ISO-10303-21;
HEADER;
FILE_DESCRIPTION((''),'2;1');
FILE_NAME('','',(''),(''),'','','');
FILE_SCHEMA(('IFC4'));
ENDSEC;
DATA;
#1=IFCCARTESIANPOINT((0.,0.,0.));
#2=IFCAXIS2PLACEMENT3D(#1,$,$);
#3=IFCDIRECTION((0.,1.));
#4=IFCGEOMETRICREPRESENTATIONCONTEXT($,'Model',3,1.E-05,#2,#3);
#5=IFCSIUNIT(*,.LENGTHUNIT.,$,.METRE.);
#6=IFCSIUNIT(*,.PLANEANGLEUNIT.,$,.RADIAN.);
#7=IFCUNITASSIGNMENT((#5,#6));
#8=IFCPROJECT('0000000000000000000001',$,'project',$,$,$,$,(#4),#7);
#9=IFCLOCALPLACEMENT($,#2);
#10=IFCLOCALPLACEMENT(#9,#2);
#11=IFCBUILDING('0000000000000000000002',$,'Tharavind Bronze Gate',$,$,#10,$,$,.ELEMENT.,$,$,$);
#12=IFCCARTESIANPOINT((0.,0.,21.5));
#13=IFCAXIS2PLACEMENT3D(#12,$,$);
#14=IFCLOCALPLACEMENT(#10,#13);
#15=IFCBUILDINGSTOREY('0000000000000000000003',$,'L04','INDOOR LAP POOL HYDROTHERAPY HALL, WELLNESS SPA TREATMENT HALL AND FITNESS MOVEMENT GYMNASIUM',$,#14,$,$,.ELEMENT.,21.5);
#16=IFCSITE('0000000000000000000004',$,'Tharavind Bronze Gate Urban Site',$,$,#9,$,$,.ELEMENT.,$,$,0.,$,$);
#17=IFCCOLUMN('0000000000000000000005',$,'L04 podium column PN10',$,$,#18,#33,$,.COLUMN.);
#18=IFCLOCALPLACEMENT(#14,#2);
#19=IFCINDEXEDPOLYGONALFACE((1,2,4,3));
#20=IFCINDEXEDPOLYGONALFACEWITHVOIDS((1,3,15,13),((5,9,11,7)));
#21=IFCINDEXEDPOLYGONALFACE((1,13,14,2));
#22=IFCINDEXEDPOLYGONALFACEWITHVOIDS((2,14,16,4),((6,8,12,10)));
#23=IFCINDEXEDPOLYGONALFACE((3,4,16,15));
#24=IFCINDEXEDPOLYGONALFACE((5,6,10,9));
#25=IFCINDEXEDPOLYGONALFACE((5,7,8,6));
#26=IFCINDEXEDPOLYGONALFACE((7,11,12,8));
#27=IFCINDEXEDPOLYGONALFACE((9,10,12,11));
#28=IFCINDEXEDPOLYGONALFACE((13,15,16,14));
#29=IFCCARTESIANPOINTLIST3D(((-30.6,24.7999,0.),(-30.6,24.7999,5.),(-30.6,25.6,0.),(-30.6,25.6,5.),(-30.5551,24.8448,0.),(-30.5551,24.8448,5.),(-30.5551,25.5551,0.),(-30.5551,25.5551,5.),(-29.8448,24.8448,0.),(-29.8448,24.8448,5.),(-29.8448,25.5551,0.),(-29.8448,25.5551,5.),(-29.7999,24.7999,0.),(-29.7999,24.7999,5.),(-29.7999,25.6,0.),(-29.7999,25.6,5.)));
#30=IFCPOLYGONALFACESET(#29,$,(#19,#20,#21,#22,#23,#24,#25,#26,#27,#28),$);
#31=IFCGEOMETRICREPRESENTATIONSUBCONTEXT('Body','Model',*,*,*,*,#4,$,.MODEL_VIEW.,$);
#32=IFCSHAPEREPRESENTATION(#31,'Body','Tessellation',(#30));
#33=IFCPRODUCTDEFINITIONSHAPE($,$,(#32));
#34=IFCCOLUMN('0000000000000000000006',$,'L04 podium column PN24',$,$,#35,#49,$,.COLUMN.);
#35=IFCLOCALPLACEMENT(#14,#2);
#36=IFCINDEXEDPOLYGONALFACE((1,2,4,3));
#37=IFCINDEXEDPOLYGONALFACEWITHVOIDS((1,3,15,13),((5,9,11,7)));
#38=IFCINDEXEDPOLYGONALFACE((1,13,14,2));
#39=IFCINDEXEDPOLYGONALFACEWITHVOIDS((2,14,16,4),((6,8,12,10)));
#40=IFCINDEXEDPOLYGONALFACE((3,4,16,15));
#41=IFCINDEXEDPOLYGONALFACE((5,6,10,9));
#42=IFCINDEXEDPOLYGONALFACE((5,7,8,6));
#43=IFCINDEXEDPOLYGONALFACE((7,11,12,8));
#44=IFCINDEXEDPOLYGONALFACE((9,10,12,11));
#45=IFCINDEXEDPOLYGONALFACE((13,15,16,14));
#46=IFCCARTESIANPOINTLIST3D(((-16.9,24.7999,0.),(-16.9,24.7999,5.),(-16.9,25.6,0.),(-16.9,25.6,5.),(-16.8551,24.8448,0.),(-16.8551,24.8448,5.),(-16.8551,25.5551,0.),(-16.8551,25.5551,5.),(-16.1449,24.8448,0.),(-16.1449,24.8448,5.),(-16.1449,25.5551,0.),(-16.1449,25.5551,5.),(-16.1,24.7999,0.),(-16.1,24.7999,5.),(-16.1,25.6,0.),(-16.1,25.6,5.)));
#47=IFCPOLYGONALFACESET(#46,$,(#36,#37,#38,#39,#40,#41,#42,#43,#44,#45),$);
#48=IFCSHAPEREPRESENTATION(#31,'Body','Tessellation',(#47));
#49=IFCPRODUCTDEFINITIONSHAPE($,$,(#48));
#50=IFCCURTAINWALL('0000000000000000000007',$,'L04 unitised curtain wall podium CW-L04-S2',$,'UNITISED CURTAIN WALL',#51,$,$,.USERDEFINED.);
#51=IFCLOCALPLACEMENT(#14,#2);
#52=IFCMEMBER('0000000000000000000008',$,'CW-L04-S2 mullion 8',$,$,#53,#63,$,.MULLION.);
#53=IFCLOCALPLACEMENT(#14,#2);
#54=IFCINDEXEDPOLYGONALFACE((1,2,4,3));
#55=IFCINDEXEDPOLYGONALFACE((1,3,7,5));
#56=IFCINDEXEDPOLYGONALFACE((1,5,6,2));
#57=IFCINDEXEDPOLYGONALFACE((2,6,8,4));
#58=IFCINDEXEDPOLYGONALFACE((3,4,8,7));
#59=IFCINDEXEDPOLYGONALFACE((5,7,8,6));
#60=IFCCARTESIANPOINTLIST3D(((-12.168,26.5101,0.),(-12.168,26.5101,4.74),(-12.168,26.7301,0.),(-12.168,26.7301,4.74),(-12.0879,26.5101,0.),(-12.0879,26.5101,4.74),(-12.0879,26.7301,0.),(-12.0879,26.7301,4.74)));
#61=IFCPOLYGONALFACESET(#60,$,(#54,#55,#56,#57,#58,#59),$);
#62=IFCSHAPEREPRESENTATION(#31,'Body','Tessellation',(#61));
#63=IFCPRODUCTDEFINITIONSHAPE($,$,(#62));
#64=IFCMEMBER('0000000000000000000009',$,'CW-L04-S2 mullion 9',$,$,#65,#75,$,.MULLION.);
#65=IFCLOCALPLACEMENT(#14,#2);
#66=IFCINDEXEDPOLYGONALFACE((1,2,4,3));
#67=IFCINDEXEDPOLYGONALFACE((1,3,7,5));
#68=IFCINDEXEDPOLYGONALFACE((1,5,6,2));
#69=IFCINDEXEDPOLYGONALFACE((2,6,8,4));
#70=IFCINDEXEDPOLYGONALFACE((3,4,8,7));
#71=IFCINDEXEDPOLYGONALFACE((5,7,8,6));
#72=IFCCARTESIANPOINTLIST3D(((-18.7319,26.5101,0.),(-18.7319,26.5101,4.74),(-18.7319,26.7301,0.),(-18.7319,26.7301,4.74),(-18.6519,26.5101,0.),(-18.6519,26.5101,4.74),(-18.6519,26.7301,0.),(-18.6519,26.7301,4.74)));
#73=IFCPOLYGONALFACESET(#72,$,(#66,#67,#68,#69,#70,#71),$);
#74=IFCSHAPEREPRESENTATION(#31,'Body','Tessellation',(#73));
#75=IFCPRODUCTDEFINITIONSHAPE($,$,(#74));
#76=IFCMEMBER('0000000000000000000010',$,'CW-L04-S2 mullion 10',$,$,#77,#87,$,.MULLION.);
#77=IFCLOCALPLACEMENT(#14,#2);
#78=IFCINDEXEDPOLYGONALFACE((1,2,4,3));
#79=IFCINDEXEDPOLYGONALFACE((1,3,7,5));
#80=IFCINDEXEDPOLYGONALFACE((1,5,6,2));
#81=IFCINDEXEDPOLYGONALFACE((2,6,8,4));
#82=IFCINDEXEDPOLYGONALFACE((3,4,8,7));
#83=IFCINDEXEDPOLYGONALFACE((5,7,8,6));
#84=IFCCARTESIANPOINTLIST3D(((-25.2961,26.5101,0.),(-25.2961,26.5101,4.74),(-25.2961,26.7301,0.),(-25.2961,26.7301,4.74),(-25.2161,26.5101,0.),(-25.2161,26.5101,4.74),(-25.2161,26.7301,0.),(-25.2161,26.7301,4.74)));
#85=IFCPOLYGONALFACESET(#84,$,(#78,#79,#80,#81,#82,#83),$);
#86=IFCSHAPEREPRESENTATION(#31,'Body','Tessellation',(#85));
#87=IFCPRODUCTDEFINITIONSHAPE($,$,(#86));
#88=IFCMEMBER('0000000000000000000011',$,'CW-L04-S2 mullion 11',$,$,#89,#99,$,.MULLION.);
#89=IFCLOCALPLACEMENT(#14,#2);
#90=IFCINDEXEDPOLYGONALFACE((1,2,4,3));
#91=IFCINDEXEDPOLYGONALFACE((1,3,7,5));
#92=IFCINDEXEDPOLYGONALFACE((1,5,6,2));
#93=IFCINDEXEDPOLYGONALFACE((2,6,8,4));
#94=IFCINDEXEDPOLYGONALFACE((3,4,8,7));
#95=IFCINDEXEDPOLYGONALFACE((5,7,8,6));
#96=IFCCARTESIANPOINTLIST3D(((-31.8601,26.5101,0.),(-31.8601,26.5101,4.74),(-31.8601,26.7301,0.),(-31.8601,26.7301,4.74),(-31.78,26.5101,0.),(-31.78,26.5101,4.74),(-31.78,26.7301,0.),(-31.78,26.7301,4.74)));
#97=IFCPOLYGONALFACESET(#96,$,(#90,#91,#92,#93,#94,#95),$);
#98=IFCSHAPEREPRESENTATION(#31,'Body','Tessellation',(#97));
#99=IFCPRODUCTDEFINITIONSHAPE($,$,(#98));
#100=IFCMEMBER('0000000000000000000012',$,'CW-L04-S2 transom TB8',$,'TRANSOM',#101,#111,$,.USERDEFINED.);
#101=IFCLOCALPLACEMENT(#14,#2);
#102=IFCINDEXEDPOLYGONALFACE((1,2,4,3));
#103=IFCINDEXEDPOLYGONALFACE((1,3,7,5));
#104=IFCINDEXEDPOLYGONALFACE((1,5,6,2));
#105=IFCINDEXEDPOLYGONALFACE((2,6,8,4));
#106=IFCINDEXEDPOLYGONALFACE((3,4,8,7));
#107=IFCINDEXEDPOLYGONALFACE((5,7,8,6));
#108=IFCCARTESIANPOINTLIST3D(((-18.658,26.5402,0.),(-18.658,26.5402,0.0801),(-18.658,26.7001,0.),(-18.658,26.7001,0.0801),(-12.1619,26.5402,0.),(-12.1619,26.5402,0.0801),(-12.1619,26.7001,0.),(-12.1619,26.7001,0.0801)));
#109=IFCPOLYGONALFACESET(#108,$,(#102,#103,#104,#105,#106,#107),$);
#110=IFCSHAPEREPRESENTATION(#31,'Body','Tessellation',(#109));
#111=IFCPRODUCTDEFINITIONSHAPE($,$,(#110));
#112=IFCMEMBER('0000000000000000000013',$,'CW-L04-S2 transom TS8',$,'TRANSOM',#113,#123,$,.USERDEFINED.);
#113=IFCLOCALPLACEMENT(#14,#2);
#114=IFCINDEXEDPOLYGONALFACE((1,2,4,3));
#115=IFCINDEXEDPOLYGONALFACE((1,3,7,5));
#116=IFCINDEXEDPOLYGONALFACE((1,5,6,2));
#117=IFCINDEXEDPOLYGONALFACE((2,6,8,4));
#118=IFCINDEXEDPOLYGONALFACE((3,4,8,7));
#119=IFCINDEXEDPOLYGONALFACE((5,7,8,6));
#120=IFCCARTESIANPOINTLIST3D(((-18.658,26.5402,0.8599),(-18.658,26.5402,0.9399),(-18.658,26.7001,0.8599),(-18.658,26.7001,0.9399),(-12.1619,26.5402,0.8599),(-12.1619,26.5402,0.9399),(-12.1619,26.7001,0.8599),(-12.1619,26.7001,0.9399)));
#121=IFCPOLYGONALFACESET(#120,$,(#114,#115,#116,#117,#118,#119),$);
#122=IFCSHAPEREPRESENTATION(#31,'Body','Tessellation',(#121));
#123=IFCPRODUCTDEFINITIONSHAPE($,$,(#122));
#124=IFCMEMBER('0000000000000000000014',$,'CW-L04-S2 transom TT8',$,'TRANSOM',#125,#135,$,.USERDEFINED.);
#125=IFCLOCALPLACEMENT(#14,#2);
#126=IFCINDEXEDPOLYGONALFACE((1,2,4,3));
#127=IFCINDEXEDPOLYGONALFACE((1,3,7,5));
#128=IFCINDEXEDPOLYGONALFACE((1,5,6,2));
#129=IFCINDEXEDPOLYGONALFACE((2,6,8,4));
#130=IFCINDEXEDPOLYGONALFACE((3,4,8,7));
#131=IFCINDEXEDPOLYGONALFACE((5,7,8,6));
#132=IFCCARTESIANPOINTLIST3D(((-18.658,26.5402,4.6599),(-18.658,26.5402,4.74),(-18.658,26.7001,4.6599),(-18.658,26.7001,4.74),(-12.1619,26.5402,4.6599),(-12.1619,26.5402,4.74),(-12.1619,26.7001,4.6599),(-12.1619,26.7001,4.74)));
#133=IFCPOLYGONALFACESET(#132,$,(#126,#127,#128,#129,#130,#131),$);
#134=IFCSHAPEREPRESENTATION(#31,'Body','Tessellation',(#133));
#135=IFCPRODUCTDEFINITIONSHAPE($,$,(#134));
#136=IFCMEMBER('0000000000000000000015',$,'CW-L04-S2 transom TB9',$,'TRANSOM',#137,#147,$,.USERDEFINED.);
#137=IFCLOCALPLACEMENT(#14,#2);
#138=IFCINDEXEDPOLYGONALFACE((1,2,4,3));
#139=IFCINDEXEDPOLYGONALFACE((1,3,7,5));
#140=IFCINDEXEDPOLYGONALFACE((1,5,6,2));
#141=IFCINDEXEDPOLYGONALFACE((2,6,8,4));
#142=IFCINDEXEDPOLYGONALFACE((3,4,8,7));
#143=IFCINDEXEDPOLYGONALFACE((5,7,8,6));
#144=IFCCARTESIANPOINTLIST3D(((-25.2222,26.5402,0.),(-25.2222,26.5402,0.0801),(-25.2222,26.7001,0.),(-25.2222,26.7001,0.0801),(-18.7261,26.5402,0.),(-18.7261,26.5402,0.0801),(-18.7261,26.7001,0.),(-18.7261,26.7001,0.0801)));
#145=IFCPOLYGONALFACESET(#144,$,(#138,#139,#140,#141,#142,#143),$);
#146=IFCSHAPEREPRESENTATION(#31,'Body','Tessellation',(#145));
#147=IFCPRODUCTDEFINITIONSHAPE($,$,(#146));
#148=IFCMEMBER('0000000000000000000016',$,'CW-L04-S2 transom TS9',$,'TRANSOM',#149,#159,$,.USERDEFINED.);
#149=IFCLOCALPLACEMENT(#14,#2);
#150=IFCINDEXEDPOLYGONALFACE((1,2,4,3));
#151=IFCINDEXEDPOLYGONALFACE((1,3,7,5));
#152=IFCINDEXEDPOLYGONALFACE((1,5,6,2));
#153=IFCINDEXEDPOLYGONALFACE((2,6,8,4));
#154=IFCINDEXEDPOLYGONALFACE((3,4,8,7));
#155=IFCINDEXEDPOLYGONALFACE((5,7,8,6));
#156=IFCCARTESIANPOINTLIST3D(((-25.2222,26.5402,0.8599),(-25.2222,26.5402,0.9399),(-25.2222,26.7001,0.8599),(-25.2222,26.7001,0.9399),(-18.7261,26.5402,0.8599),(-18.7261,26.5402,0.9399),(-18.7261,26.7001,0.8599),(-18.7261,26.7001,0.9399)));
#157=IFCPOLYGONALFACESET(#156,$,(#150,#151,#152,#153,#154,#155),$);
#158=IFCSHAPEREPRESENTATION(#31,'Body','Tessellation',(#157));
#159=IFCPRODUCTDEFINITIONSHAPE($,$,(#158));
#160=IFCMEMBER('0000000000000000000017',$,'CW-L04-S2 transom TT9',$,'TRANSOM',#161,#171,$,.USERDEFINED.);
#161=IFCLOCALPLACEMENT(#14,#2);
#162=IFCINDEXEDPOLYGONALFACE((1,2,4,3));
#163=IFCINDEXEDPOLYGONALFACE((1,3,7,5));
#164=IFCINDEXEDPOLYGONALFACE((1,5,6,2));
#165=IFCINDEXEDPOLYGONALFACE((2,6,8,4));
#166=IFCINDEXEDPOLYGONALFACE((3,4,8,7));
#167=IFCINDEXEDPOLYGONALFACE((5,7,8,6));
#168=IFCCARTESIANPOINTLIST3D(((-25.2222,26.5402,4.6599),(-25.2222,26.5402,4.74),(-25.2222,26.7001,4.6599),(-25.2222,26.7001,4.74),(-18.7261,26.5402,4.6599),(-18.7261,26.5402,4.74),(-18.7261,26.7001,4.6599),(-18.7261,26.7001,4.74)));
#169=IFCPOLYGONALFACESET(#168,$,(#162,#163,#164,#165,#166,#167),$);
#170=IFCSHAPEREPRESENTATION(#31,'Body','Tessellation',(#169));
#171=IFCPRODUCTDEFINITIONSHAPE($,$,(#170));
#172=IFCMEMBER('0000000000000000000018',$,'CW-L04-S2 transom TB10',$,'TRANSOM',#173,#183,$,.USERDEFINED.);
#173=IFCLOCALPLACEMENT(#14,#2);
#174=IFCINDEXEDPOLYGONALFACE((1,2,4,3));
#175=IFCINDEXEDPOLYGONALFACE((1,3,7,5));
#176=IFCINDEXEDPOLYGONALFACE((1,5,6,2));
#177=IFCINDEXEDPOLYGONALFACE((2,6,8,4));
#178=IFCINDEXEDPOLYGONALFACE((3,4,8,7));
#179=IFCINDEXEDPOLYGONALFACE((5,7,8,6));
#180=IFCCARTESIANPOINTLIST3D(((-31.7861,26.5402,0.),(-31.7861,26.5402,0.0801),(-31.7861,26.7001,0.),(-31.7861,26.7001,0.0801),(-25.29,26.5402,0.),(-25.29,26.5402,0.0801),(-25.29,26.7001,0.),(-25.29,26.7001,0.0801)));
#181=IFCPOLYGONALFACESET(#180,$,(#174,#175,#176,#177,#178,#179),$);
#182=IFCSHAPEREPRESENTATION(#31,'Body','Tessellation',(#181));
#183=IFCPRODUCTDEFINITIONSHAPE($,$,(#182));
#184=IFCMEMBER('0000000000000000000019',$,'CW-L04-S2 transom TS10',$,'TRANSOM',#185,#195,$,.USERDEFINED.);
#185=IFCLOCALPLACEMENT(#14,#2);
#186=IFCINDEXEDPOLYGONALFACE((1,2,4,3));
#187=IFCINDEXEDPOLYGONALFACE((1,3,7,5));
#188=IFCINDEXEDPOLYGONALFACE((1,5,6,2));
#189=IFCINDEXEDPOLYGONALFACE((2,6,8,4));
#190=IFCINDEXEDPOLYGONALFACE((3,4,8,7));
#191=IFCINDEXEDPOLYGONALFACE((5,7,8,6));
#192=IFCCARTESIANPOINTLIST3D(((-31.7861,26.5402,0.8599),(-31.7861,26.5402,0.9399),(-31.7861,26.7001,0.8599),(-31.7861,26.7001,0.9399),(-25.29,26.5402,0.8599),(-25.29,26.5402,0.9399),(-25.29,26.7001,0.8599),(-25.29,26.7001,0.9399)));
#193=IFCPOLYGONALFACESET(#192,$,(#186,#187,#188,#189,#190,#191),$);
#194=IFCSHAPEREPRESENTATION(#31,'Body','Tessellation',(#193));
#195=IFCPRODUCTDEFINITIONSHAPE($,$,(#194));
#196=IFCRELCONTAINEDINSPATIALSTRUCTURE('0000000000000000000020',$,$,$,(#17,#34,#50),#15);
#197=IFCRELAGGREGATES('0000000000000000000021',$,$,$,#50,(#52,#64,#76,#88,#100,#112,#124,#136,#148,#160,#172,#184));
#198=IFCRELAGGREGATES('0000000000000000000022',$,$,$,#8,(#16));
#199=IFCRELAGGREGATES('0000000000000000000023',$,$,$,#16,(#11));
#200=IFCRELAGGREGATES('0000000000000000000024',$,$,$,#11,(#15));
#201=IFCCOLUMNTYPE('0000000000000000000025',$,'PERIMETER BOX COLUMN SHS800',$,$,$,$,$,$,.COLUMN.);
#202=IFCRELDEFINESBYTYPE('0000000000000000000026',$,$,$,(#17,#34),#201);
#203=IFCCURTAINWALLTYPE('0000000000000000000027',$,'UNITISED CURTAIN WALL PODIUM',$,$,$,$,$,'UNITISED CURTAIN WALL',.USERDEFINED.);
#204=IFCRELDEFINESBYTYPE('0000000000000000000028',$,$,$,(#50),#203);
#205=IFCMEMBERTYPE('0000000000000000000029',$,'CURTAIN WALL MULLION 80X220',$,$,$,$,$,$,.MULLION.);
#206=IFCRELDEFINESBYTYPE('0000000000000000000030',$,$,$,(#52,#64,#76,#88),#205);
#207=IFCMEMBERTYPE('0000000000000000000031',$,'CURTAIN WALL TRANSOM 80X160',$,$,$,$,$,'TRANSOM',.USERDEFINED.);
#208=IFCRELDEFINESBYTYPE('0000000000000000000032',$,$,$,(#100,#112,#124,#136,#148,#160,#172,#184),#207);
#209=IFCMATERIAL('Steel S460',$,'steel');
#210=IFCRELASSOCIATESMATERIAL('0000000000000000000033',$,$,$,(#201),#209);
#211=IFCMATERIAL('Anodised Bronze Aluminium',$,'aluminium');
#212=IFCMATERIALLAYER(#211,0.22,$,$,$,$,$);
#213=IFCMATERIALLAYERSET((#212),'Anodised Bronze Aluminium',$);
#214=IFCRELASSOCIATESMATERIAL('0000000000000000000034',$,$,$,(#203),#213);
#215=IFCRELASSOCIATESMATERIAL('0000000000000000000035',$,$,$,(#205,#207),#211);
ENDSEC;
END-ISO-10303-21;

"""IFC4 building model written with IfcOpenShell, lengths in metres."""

from ifc_helpers import new_model, si_unit, direction, frame, origin, origin_2d, place, context, subcontext, project, spatial, rectangle, hollow_rectangle, extrude, material, layer, layer_set, material_profile, profile_set, type_object, element, aggregate, save


model = new_model("IFC4")

# Units and contexts
model_context = context("Model", 3, precision=1e-05, world=origin(), true_north=direction((0.0, 1.0)))
body_context = subcontext(model_context, "Body", "Model", "MODEL_VIEW")
ifc_project = project(units=[si_unit("LENGTHUNIT", "METRE"), si_unit("PLANEANGLEUNIT", "RADIAN")], contexts=[model_context])

# Site, building, storey
site_placement = place(None, origin())
site = spatial("IfcSite", under=ifc_project, at=site_placement, Name="Tharavind Bronze Gate Urban Site", CompositionType="ELEMENT", RefElevation=0.0)
building_placement = place(site_placement, origin())
building = spatial("IfcBuilding", under=site, at=building_placement, Name="Tharavind Bronze Gate", CompositionType="ELEMENT")
storey_placement = place(building_placement, frame((0.0, 0.0, 21.5)))
storey = spatial("IfcBuildingStorey", under=building, at=storey_placement, Name="L04", Description="INDOOR LAP POOL HYDROTHERAPY HALL, WELLNESS SPA TREATMENT HALL AND FITNESS MOVEMENT GYMNASIUM", CompositionType="ELEMENT", Elevation=21.5)

# Columns
ifc_material_1 = material(Name="Steel S460", Category="steel")
ifc_material_profile_1 = material_profile(ifc_material_1, hollow_rectangle(XDim=0.8, YDim=0.8, WallThickness=0.0449, at=origin_2d()), Name="SHS800X45")
ifc_profile_set_1 = profile_set([ifc_material_profile_1], Name="Steel S460")
column_type = type_object("IfcColumnType", Name="PERIMETER BOX COLUMN SHS800", PredefinedType="COLUMN", material=ifc_profile_set_1)
for number, where, z_axis, x_axis, name in (
    (1, (-30.2, 25.2, 0.0), (0.0, 0.0, 1.0), (1.0, 0.0, 0.0), "L04 podium column PN10"),
    (2, (-16.5, 25.2, 0.0), (0.0, 0.0, 1.0), (1.0, 0.0, 0.0), "L04 podium column PN24"),
):
    element("IfcColumn", number, at=place(storey_placement, frame(where, z_axis=z_axis, x_axis=x_axis)), inside=storey, type_object=column_type, Name=name, PredefinedType="COLUMN", context=body_context, shape_type="SweptSolid", body=[
        extrude(hollow_rectangle(XDim=0.8, YDim=0.8, WallThickness=0.0449, at=origin_2d()), origin(), (0.0, 0.0, 1.0), 5.0),
    ])

# Curtain wall, members
ifc_material_2 = material(Name="Anodised Bronze Aluminium", Category="aluminium")
ifc_layer_1 = layer(ifc_material_2, 0.22)
ifc_layer_set_1 = layer_set([ifc_layer_1], Name="Anodised Bronze Aluminium")
curtain_wall_type = type_object("IfcCurtainWallType", Name="UNITISED CURTAIN WALL PODIUM", ElementType="UNITISED CURTAIN WALL", PredefinedType="USERDEFINED", material=ifc_layer_set_1)
curtain_wall_placement = place(storey_placement, origin())
curtain_wall = element("IfcCurtainWall", 3, at=curtain_wall_placement, inside=storey, type_object=curtain_wall_type, Name="L04 unitised curtain wall podium CW-L04-S2", ObjectType="UNITISED CURTAIN WALL", PredefinedType="USERDEFINED")
member_type_1 = type_object("IfcMemberType", Name="CURTAIN WALL MULLION 80X220", PredefinedType="MULLION", material=ifc_material_2)
member_1_placement = place(storey_placement, frame((-12.1279, 26.6201, 0.0), z_axis=(0.0, 0.0, 1.0), x_axis=(-1.0, 0.0, 0.0)))
member_1 = element("IfcMember", 4, at=member_1_placement, type_object=member_type_1, Name="CW-L04-S2 mullion 8", PredefinedType="MULLION", context=body_context, shape_type="SweptSolid", body=[
    extrude(rectangle(XDim=0.0801, YDim=0.22, at=origin_2d()), origin(), (0.0, 0.0, 1.0), 4.74),
])
member_2_placement = place(storey_placement, frame((-18.6919, 26.6201, 0.0), z_axis=(0.0, 0.0, 1.0), x_axis=(-1.0, 0.0, 0.0)))
member_2 = element("IfcMember", 5, at=member_2_placement, type_object=member_type_1, Name="CW-L04-S2 mullion 9", PredefinedType="MULLION", context=body_context, shape_type="SweptSolid", body=[
    extrude(rectangle(XDim=0.0801, YDim=0.22, at=origin_2d()), origin(), (0.0, 0.0, 1.0), 4.74),
])
member_3_placement = place(storey_placement, frame((-25.2561, 26.6201, 0.0), z_axis=(0.0, 0.0, 1.0), x_axis=(-1.0, 0.0, 0.0)))
member_3 = element("IfcMember", 6, at=member_3_placement, type_object=member_type_1, Name="CW-L04-S2 mullion 10", PredefinedType="MULLION", context=body_context, shape_type="SweptSolid", body=[
    extrude(rectangle(XDim=0.0801, YDim=0.22, at=origin_2d()), origin(), (0.0, 0.0, 1.0), 4.74),
])
member_4_placement = place(storey_placement, frame((-31.8201, 26.6201, 0.0), z_axis=(0.0, 0.0, 1.0), x_axis=(-1.0, 0.0, 0.0)))
member_4 = element("IfcMember", 7, at=member_4_placement, type_object=member_type_1, Name="CW-L04-S2 mullion 11", PredefinedType="MULLION", context=body_context, shape_type="SweptSolid", body=[
    extrude(rectangle(XDim=0.0801, YDim=0.22, at=origin_2d()), origin(), (0.0, 0.0, 1.0), 4.74),
])
member_type_2 = type_object("IfcMemberType", Name="CURTAIN WALL TRANSOM 80X160", ElementType="TRANSOM", PredefinedType="USERDEFINED", material=ifc_material_2)
member_5_placement = place(storey_placement, frame((-15.4099, 26.6201, 0.0), z_axis=(0.0, 0.0, 1.0), x_axis=(-1.0, 0.0, 0.0)))
member_5 = element("IfcMember", 8, at=member_5_placement, type_object=member_type_2, Name="CW-L04-S2 transom TB8", ObjectType="TRANSOM", PredefinedType="USERDEFINED", context=body_context, shape_type="SweptSolid", body=[
    extrude(rectangle(XDim=6.4961, YDim=0.1599, at=origin_2d()), origin(), (0.0, 0.0, 1.0), 0.0801),
])
member_6_placement = place(storey_placement, frame((-15.4099, 26.6201, 0.8599), z_axis=(0.0, 0.0, 1.0), x_axis=(-1.0, 0.0, 0.0)))
member_6 = element("IfcMember", 9, at=member_6_placement, type_object=member_type_2, Name="CW-L04-S2 transom TS8", ObjectType="TRANSOM", PredefinedType="USERDEFINED", context=body_context, shape_type="SweptSolid", body=[
    extrude(rectangle(XDim=6.4961, YDim=0.1599, at=origin_2d()), origin(), (0.0, 0.0, 1.0), 0.0801),
])
member_7_placement = place(storey_placement, frame((-15.4099, 26.6201, 4.6599), z_axis=(0.0, 0.0, 1.0), x_axis=(-1.0, 0.0, 0.0)))
member_7 = element("IfcMember", 10, at=member_7_placement, type_object=member_type_2, Name="CW-L04-S2 transom TT8", ObjectType="TRANSOM", PredefinedType="USERDEFINED", context=body_context, shape_type="SweptSolid", body=[
    extrude(rectangle(XDim=6.4961, YDim=0.1599, at=origin_2d()), origin(), (0.0, 0.0, 1.0), 0.0801),
])
member_8_placement = place(storey_placement, frame((-21.9741, 26.6201, 0.0), z_axis=(0.0, 0.0, 1.0), x_axis=(-1.0, 0.0, 0.0)))
member_8 = element("IfcMember", 11, at=member_8_placement, type_object=member_type_2, Name="CW-L04-S2 transom TB9", ObjectType="TRANSOM", PredefinedType="USERDEFINED", context=body_context, shape_type="SweptSolid", body=[
    extrude(rectangle(XDim=6.4961, YDim=0.1599, at=origin_2d()), origin(), (0.0, 0.0, 1.0), 0.0801),
])
member_9_placement = place(storey_placement, frame((-21.9741, 26.6201, 0.8599), z_axis=(0.0, 0.0, 1.0), x_axis=(-1.0, 0.0, 0.0)))
member_9 = element("IfcMember", 12, at=member_9_placement, type_object=member_type_2, Name="CW-L04-S2 transom TS9", ObjectType="TRANSOM", PredefinedType="USERDEFINED", context=body_context, shape_type="SweptSolid", body=[
    extrude(rectangle(XDim=6.4961, YDim=0.1599, at=origin_2d()), origin(), (0.0, 0.0, 1.0), 0.0801),
])
member_10_placement = place(storey_placement, frame((-21.9741, 26.6201, 4.6599), z_axis=(0.0, 0.0, 1.0), x_axis=(-1.0, 0.0, 0.0)))
member_10 = element("IfcMember", 13, at=member_10_placement, type_object=member_type_2, Name="CW-L04-S2 transom TT9", ObjectType="TRANSOM", PredefinedType="USERDEFINED", context=body_context, shape_type="SweptSolid", body=[
    extrude(rectangle(XDim=6.4961, YDim=0.1599, at=origin_2d()), origin(), (0.0, 0.0, 1.0), 0.0801),
])
member_11_placement = place(storey_placement, frame((-28.5381, 26.6201, 0.0), z_axis=(0.0, 0.0, 1.0), x_axis=(-1.0, 0.0, 0.0)))
member_11 = element("IfcMember", 14, at=member_11_placement, type_object=member_type_2, Name="CW-L04-S2 transom TB10", ObjectType="TRANSOM", PredefinedType="USERDEFINED", context=body_context, shape_type="SweptSolid", body=[
    extrude(rectangle(XDim=6.4961, YDim=0.1599, at=origin_2d()), origin(), (0.0, 0.0, 1.0), 0.0801),
])
member_12_placement = place(storey_placement, frame((-28.5381, 26.6201, 0.8599), z_axis=(0.0, 0.0, 1.0), x_axis=(-1.0, 0.0, 0.0)))
member_12 = element("IfcMember", 15, at=member_12_placement, type_object=member_type_2, Name="CW-L04-S2 transom TS10", ObjectType="TRANSOM", PredefinedType="USERDEFINED", context=body_context, shape_type="SweptSolid", body=[
    extrude(rectangle(XDim=6.4961, YDim=0.1599, at=origin_2d()), origin(), (0.0, 0.0, 1.0), 0.0801),
])

aggregate(curtain_wall, [member_1, member_2, member_3, member_4, member_5, member_6, member_7, member_8, member_9, member_10, member_11, member_12])

save(model, "model.ifc")
